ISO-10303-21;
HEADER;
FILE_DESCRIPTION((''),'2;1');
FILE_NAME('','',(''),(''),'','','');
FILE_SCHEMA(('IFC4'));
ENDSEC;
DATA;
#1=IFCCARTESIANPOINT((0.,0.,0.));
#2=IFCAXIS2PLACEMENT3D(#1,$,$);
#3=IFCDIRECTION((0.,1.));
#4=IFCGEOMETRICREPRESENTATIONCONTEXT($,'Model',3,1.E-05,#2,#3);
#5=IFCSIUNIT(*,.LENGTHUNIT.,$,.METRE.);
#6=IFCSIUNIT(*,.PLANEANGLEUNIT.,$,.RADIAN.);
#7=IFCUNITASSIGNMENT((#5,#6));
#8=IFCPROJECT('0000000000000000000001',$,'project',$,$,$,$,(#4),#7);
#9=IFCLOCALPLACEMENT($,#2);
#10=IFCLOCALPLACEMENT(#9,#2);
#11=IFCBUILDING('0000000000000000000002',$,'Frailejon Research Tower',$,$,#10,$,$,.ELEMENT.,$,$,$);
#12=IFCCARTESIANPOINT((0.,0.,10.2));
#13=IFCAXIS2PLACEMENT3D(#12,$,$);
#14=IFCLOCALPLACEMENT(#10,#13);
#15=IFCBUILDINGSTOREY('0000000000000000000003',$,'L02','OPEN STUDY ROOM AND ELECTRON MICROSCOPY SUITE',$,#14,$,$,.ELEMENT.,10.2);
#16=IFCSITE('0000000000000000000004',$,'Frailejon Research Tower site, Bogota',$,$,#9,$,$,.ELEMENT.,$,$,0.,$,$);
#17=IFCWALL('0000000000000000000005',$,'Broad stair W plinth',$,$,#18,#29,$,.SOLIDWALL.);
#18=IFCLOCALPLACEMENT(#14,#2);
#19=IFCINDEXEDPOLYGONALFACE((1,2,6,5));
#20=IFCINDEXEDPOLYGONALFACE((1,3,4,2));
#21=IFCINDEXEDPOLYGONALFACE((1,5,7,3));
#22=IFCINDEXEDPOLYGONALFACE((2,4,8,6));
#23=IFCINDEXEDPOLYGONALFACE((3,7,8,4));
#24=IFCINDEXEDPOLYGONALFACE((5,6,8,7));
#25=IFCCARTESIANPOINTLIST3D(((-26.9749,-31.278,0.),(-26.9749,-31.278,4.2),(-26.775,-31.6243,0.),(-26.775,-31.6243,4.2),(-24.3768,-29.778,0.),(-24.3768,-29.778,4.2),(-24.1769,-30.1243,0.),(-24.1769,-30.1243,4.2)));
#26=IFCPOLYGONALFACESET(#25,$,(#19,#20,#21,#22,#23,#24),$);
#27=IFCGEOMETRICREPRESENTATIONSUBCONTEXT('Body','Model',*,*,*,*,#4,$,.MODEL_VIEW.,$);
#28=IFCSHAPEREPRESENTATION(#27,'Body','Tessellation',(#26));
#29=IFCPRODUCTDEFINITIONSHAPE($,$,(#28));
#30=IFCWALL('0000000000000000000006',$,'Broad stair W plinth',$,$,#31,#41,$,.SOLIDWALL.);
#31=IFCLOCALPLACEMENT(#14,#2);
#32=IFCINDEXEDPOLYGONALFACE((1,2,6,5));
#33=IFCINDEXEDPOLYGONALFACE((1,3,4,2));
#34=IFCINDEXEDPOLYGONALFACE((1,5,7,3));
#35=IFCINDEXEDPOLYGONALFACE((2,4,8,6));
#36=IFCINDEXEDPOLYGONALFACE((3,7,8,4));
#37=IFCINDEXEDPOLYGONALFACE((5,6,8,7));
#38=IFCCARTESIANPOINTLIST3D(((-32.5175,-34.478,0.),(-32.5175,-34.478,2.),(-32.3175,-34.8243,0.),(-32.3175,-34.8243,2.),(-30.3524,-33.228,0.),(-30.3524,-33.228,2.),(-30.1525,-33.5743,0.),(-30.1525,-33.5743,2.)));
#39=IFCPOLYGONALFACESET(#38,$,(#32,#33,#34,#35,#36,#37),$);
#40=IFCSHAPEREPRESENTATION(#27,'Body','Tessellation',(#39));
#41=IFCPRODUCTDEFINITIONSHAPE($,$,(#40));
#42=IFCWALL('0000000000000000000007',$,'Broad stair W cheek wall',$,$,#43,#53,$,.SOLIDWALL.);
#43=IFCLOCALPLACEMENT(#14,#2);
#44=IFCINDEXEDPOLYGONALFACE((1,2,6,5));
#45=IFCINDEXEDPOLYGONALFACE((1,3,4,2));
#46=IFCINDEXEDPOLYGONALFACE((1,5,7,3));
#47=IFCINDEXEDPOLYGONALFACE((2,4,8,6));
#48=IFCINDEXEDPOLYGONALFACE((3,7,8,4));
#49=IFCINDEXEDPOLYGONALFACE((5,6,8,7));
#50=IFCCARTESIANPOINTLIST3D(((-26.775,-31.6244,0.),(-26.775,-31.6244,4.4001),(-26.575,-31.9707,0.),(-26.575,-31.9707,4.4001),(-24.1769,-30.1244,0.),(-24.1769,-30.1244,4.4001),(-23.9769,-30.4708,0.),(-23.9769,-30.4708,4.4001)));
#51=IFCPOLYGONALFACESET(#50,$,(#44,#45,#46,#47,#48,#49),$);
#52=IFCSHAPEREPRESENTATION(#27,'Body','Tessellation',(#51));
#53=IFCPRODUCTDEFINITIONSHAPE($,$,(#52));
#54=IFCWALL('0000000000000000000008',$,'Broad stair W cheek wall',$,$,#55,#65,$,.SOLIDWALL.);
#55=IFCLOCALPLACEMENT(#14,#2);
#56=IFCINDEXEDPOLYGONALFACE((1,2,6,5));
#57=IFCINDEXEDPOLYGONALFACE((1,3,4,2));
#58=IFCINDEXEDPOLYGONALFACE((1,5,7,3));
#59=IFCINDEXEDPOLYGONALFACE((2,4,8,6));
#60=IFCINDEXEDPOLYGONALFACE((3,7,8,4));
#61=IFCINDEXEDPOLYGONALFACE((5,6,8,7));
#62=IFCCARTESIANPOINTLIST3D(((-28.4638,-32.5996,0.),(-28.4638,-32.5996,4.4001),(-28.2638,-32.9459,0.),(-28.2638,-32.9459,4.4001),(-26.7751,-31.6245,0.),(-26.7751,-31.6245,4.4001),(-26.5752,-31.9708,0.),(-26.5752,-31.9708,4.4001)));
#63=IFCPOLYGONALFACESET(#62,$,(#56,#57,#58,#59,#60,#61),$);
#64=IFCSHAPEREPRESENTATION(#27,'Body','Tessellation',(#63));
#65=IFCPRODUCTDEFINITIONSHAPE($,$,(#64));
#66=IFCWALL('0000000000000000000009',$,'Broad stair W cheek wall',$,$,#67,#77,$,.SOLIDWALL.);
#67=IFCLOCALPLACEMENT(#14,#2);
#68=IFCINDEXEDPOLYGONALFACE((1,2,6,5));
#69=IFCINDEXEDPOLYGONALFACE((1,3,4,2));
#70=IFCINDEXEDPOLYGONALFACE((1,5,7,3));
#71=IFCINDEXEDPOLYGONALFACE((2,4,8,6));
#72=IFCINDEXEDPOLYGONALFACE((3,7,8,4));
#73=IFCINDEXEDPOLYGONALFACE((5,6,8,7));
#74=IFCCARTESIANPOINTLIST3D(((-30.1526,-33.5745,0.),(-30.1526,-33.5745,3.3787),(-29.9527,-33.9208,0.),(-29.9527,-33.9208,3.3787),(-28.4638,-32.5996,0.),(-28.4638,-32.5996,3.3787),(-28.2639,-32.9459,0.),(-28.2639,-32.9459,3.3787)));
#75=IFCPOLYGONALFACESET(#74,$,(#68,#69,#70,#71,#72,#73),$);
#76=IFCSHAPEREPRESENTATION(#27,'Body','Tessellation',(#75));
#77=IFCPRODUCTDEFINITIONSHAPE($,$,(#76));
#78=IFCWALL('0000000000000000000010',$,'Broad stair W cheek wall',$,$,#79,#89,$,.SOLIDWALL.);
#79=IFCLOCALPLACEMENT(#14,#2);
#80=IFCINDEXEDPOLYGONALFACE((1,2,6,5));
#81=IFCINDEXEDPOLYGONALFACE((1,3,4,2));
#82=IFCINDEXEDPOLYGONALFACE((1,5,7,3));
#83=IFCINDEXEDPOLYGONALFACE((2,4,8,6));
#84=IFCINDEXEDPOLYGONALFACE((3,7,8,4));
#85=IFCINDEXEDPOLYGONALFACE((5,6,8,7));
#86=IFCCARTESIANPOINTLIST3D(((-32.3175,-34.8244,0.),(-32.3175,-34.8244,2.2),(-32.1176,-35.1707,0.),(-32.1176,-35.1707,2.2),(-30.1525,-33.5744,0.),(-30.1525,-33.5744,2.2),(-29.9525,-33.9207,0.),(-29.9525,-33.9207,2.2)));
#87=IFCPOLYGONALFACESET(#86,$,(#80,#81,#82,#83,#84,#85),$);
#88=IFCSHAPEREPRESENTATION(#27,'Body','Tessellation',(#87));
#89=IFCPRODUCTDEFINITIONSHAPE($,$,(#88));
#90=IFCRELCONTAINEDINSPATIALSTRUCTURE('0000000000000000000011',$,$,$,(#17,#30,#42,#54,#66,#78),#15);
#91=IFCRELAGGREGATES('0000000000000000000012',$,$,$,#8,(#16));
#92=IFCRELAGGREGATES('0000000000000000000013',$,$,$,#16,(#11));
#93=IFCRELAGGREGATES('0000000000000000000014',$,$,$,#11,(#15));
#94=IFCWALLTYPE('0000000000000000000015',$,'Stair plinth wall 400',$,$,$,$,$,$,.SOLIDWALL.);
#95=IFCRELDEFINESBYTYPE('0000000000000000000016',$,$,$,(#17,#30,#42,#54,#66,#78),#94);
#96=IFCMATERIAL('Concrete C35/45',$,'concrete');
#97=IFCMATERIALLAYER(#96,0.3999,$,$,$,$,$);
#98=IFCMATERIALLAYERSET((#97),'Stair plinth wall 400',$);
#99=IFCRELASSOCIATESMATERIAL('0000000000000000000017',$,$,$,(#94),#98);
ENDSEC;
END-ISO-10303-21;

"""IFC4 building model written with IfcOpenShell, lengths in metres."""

from ifc_helpers import new_model, si_unit, direction, frame, frame_2d, origin, place, context, subcontext, project, spatial, rectangle, extrude, material, layer, layer_set, type_object, element, save


model = new_model("IFC4")

# Units and contexts
model_context = context("Model", 3, precision=1e-05, world=origin(), true_north=direction((0.0, 1.0)))
body_context = subcontext(model_context, "Body", "Model", "MODEL_VIEW")
ifc_project = project(units=[si_unit("LENGTHUNIT", "METRE"), si_unit("PLANEANGLEUNIT", "RADIAN")], contexts=[model_context])

# Site, building, storey
site_placement = place(None, origin())
site = spatial("IfcSite", under=ifc_project, at=site_placement, Name="Frailejon Research Tower site, Bogota", CompositionType="ELEMENT", RefElevation=0.0)
building_placement = place(site_placement, origin())
building = spatial("IfcBuilding", under=site, at=building_placement, Name="Frailejon Research Tower", CompositionType="ELEMENT")
storey_placement = place(building_placement, frame((0.0, 0.0, 10.2)))
storey = spatial("IfcBuildingStorey", under=building, at=storey_placement, Name="L02", Description="OPEN STUDY ROOM AND ELECTRON MICROSCOPY SUITE", CompositionType="ELEMENT", Elevation=10.2)

# Walls
ifc_material_1 = material(Name="Concrete C35/45", Category="concrete")
ifc_layer_1 = layer(ifc_material_1, 0.3999)
ifc_layer_set_1 = layer_set([ifc_layer_1], Name="Stair plinth wall 400")
wall_type = type_object("IfcWallType", Name="Stair plinth wall 400", PredefinedType="SOLIDWALL", material=ifc_layer_set_1)
wall_1_placement = place(storey_placement, frame((-24.2769, -29.9512, 0.0), z_axis=(0.0, 0.0, 1.0), x_axis=(-0.866031, -0.49999, 0.0)))
element("IfcWall", 1, at=wall_1_placement, inside=storey, type_object=wall_type, Name="Broad stair W plinth", PredefinedType="SOLIDWALL", context=body_context, shape_type="SweptSolid", body=[
    extrude(rectangle(XDim=3.0, YDim=0.3999, at=frame_2d((1.5, 0.0))), origin(), (0.0, 0.0, 1.0), 4.2),
])
wall_2_placement = place(storey_placement, frame((-30.2524, -33.4011, 0.0), z_axis=(0.0, 0.0, 1.0), x_axis=(-0.866023, -0.500004, 0.0)))
element("IfcWall", 2, at=wall_2_placement, inside=storey, type_object=wall_type, Name="Broad stair W plinth", PredefinedType="SOLIDWALL", context=body_context, shape_type="SweptSolid", body=[
    extrude(rectangle(XDim=2.5, YDim=0.3999, at=frame_2d((1.25, 0.0))), origin(), (0.0, 0.0, 1.0), 2.0),
])
wall_3_placement = place(storey_placement, frame((-24.0769, -30.2976, 0.0), z_axis=(0.0, 0.0, 1.0), x_axis=(-0.866031, -0.49999, 0.0)))
element("IfcWall", 3, at=wall_3_placement, inside=storey, type_object=wall_type, Name="Broad stair W cheek wall", PredefinedType="SOLIDWALL", context=body_context, shape_type="SweptSolid", body=[
    extrude(rectangle(XDim=3.0, YDim=0.3999, at=frame_2d((1.5, 0.0))), origin(), (0.0, 0.0, 1.0), 4.4001),
])
wall_4_placement = place(storey_placement, frame((-26.675, -31.7976, 0.0), z_axis=(0.0, 0.0, 1.0), x_axis=(-0.866, -0.500044, 0.0)))
element("IfcWall", 4, at=wall_4_placement, inside=storey, type_object=wall_type, Name="Broad stair W cheek wall", PredefinedType="SOLIDWALL", context=body_context, shape_type="SweptSolid", body=[
    extrude(rectangle(XDim=1.95, YDim=0.3999, at=frame_2d((0.9751, 0.0))), origin(), (0.0, 0.0, 1.0), 4.4001),
])
wall_5_placement = place(storey_placement, frame((-28.3638, -32.7727, 0.0), z_axis=(0.0, 0.0, 1.0), x_axis=(-0.866054, -0.49995, 0.0)))
element("IfcWall", 5, at=wall_5_placement, inside=storey, type_object=wall_type, Name="Broad stair W cheek wall", PredefinedType="SOLIDWALL", context=body_context, shape_type="SweptSolid", body=[
    extrude(rectangle(XDim=1.95, YDim=0.3999, at=frame_2d((0.9751, 0.0))), origin(), (0.0, 0.0, 1.0), 3.3787),
])
wall_6_placement = place(storey_placement, frame((-30.0525, -33.7476, 0.0), z_axis=(0.0, 0.0, 1.0), x_axis=(-0.866023, -0.500004, 0.0)))
element("IfcWall", 6, at=wall_6_placement, inside=storey, type_object=wall_type, Name="Broad stair W cheek wall", PredefinedType="SOLIDWALL", context=body_context, shape_type="SweptSolid", body=[
    extrude(rectangle(XDim=2.5, YDim=0.3999, at=frame_2d((1.25, 0.0))), origin(), (0.0, 0.0, 1.0), 2.2),
])

save(model, "model.ifc")
